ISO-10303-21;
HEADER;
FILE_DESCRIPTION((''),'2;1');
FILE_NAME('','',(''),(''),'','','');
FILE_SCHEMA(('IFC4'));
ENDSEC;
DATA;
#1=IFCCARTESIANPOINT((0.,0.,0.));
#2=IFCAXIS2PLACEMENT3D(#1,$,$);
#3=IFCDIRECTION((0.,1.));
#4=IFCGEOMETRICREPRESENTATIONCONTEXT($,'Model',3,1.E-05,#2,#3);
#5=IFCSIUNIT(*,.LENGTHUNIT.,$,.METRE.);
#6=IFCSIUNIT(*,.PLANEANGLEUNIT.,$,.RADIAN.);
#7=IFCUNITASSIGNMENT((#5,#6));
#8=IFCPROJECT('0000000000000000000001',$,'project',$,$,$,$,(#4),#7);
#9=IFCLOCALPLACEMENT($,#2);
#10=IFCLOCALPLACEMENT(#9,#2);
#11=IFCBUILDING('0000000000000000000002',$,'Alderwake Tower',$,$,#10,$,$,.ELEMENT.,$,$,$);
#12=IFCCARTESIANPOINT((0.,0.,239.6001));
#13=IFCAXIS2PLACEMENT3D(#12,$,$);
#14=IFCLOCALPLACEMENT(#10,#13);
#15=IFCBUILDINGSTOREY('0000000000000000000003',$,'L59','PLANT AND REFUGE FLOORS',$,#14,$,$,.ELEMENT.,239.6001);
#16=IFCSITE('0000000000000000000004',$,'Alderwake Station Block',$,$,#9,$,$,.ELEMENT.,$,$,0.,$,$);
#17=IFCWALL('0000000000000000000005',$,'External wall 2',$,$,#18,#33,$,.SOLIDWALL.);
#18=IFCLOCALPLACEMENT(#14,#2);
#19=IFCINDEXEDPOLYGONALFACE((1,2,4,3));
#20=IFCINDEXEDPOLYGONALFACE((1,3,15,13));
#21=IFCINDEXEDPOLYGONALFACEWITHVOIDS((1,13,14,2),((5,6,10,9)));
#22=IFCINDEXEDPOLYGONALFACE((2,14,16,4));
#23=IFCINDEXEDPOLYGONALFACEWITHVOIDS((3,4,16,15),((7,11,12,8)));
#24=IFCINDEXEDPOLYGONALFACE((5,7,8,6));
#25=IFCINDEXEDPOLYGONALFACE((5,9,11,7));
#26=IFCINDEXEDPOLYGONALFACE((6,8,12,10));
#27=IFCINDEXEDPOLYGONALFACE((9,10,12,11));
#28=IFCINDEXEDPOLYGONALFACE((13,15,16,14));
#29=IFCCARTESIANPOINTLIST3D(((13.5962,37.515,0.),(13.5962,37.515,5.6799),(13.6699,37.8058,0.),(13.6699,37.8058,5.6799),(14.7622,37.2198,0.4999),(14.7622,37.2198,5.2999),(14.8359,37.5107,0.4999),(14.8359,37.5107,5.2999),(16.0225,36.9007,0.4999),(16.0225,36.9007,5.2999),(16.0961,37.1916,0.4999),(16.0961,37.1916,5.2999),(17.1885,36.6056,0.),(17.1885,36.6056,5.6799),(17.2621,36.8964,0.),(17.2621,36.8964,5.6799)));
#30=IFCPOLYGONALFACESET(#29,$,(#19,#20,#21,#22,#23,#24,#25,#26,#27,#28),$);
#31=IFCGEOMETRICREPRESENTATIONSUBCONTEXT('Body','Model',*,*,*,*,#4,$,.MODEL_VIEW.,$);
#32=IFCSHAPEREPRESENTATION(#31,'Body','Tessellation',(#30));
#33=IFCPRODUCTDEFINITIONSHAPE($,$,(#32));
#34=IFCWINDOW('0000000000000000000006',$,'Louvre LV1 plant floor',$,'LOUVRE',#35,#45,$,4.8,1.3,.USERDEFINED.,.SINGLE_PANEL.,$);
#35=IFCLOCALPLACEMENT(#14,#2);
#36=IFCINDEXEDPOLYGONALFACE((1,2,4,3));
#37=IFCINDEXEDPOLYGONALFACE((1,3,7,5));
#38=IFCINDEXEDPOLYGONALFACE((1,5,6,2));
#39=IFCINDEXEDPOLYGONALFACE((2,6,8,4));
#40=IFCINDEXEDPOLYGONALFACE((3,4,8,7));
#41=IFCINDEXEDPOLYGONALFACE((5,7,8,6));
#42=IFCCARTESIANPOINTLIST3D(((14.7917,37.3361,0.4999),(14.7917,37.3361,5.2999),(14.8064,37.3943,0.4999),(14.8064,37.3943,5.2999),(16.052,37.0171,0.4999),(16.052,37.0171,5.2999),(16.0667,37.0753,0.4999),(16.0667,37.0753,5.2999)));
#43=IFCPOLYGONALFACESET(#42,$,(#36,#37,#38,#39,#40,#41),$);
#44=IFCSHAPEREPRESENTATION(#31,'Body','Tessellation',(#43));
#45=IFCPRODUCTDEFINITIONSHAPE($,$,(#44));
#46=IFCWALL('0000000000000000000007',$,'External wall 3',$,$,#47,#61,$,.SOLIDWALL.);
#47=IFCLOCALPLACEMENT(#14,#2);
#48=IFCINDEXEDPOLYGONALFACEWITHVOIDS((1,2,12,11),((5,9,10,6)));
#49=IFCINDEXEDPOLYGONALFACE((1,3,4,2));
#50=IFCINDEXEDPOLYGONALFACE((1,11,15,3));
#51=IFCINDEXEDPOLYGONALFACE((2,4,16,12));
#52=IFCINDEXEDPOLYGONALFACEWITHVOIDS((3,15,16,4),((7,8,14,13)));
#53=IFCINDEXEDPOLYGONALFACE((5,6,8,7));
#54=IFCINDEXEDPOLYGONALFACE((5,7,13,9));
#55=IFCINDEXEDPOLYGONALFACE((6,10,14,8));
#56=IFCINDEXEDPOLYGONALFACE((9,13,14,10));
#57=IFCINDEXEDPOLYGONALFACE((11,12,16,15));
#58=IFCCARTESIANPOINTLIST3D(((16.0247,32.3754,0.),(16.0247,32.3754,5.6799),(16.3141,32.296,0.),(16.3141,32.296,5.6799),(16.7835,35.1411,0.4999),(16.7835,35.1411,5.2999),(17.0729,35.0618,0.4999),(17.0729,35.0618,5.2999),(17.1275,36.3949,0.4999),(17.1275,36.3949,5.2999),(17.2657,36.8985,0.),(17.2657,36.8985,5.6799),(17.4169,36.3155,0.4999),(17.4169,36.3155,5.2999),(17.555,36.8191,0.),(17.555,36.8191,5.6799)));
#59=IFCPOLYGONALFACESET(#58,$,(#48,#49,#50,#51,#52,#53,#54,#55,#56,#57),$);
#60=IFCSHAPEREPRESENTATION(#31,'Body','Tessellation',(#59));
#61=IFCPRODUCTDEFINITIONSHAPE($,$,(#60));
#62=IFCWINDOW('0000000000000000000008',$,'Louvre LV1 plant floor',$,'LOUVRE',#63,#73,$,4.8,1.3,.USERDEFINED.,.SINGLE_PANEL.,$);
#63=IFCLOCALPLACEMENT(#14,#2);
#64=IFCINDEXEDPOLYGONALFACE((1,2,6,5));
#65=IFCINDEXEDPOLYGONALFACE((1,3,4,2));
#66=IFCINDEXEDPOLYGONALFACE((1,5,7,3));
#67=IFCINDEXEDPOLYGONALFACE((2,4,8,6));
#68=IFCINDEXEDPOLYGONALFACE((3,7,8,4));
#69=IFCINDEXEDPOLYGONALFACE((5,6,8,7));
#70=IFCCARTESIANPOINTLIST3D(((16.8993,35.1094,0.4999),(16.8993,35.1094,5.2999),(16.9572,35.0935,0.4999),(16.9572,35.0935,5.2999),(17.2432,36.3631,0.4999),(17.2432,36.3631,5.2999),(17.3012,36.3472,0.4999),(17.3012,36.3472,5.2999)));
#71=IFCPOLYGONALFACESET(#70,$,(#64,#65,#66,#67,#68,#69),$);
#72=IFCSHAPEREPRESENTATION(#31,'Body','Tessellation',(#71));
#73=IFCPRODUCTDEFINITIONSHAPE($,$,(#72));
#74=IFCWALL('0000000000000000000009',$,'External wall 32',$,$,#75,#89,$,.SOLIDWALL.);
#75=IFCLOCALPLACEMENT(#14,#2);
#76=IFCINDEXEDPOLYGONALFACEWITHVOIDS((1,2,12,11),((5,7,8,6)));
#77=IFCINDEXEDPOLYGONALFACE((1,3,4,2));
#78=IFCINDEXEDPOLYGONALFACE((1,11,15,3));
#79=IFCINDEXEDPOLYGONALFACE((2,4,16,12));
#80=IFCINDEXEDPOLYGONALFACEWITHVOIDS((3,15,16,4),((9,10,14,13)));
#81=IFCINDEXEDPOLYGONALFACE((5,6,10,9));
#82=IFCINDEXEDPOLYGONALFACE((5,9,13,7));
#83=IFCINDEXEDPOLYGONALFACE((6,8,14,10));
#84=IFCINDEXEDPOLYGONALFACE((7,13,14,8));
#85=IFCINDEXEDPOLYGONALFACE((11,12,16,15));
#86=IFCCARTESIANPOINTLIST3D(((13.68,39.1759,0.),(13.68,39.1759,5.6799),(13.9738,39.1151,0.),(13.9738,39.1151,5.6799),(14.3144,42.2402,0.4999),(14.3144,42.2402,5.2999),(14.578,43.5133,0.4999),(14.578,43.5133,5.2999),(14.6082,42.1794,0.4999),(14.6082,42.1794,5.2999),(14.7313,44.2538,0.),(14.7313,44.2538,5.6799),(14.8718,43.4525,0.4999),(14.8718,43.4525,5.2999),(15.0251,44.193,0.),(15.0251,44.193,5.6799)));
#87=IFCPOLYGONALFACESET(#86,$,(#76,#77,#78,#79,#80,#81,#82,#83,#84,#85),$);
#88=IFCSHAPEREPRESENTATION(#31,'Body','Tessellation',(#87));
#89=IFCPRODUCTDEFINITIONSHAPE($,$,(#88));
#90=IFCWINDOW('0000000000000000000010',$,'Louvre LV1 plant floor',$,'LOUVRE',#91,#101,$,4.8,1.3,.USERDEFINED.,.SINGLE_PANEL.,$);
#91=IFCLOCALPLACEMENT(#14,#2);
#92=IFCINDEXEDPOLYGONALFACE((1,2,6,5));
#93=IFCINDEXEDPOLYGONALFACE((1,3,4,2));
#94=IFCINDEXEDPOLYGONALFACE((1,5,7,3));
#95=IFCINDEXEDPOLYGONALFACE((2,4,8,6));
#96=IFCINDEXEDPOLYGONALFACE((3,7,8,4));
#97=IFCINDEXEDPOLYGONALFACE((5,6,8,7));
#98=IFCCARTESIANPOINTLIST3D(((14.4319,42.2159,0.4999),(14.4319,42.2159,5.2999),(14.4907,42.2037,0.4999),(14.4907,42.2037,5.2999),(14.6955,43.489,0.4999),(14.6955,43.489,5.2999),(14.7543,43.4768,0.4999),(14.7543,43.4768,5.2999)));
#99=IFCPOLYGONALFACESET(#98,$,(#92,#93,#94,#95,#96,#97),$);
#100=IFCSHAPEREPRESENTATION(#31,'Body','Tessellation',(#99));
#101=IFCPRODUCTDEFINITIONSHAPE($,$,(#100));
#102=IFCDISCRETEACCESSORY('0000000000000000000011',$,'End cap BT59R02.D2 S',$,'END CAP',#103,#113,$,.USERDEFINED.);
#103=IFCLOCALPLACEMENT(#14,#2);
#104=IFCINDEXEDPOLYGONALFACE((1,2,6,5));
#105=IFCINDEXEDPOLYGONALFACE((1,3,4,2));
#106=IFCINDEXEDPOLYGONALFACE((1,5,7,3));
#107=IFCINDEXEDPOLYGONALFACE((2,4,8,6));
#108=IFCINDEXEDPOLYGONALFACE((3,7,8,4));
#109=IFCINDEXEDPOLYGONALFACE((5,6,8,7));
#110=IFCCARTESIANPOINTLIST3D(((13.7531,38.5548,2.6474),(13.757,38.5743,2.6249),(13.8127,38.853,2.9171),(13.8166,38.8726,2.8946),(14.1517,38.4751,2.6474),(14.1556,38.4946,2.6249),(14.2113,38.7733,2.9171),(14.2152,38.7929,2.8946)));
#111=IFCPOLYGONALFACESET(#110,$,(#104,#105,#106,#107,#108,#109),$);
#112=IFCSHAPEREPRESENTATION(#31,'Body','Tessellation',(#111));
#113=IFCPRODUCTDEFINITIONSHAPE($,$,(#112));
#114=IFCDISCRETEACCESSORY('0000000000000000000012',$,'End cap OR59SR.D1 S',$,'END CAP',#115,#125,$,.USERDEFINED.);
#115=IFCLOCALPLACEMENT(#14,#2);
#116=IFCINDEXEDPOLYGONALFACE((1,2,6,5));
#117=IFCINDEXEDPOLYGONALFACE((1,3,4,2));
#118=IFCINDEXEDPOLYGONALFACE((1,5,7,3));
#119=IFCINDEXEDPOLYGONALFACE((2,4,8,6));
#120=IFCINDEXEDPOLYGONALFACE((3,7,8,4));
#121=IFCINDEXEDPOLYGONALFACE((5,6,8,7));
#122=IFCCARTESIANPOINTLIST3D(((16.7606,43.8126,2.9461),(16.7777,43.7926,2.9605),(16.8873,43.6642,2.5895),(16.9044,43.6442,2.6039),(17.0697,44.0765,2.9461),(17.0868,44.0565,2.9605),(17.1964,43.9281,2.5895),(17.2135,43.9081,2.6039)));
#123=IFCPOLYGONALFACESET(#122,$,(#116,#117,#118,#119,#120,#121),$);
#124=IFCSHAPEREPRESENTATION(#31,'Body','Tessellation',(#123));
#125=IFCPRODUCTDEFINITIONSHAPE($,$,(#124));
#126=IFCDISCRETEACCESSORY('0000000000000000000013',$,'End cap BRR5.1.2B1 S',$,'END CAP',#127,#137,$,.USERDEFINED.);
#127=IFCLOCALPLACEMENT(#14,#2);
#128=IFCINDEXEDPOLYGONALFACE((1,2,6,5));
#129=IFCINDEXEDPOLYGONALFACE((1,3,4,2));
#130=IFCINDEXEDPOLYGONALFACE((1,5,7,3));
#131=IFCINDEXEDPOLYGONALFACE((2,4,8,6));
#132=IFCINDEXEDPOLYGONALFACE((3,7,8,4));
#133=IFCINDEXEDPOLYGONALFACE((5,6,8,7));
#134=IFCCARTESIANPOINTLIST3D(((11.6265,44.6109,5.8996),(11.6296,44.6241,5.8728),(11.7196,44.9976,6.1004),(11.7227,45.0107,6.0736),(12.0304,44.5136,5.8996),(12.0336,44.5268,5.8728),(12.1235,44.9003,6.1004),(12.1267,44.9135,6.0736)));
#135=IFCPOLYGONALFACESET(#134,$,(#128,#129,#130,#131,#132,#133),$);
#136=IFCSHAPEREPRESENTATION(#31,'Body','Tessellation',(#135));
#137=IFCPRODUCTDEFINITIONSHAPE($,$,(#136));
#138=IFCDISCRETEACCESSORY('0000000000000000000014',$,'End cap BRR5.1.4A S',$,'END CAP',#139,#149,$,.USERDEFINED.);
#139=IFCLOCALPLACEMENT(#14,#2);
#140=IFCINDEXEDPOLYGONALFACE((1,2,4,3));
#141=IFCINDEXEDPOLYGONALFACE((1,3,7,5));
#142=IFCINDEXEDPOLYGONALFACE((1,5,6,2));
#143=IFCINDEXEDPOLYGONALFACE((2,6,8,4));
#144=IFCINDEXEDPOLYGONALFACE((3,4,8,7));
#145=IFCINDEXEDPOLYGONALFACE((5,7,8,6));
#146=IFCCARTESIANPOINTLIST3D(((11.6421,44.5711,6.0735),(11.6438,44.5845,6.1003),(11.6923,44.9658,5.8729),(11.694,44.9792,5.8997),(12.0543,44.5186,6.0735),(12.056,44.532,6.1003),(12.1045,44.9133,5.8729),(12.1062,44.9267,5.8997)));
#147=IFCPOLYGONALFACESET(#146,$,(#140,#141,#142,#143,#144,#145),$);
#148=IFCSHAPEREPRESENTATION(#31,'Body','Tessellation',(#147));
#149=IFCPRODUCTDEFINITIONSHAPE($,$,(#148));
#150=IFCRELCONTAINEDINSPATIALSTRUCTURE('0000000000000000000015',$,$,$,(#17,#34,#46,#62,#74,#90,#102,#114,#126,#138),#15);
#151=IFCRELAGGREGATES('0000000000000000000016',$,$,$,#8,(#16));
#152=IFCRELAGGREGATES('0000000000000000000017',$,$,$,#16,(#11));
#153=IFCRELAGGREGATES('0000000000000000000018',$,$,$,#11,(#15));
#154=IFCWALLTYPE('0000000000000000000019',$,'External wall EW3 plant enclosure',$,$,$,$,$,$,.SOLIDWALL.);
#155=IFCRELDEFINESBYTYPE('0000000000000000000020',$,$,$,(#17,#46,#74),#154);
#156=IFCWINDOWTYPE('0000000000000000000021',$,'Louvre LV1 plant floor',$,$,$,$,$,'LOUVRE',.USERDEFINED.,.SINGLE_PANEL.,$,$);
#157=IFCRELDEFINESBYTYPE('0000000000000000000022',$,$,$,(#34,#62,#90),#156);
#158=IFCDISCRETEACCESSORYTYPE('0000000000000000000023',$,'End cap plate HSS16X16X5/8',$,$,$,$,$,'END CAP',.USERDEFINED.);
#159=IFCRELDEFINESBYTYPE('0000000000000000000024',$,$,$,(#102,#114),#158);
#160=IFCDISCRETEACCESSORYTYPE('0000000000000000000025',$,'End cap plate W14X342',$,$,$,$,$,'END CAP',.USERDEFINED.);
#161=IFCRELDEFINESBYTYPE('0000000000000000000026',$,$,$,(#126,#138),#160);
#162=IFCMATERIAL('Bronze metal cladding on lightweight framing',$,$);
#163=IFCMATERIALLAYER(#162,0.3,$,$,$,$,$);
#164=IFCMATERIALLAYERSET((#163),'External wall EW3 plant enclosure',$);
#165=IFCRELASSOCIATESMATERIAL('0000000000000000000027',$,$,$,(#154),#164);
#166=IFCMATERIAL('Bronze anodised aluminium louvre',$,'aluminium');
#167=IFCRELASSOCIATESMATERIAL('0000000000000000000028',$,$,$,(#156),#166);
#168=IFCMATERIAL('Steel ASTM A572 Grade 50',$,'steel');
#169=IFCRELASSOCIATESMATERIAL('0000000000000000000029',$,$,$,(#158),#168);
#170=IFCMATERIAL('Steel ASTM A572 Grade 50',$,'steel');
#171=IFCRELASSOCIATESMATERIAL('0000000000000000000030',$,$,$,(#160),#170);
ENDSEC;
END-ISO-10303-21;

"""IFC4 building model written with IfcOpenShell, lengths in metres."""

from ifc_helpers import new_model, si_unit, direction, frame, frame_2d, origin, origin_2d, place, context, subcontext, project, spatial, rectangle, extrude, material, layer, layer_set, material_profile, profile_set, type_object, element, fill, save


model = new_model("IFC4")

# Units and contexts
model_context = context("Model", 3, precision=1e-05, world=origin(), true_north=direction((0.0, 1.0)))
body_context = subcontext(model_context, "Body", "Model", "MODEL_VIEW")
ifc_project = project(units=[si_unit("LENGTHUNIT", "METRE"), si_unit("PLANEANGLEUNIT", "RADIAN")], contexts=[model_context])

# Site, building, storey
site_placement = place(None, origin())
site = spatial("IfcSite", under=ifc_project, at=site_placement, Name="Alderwake Station Block", CompositionType="ELEMENT", RefElevation=0.0)
building_placement = place(site_placement, origin())
building = spatial("IfcBuilding", under=site, at=building_placement, Name="Alderwake Tower", CompositionType="ELEMENT")
storey_placement = place(building_placement, frame((0.0, 0.0, 239.6001)))
storey = spatial("IfcBuildingStorey", under=building, at=storey_placement, Name="L59", Description="PLANT AND REFUGE FLOORS", CompositionType="ELEMENT", Elevation=239.6001)

# Shared definitions
ifc_material_1 = material(Name="Bronze metal cladding on lightweight framing")
ifc_layer_1 = layer(ifc_material_1, 0.3)
ifc_layer_set_1 = layer_set([ifc_layer_1], Name="External wall EW3 plant enclosure")
wall_type_1 = type_object("IfcWallType", Name="External wall EW3 plant enclosure", PredefinedType="SOLIDWALL", material=ifc_layer_set_1)

# Walls, openings, windows
wall_1_placement = place(storey_placement, frame((13.6331, 37.6604, 0.0), z_axis=(0.0, 0.0, 1.0), x_axis=(0.969417, -0.245418, 0.0)))
wall_1 = element("IfcWall", 1, at=wall_1_placement, inside=storey, type_object=wall_type_1, Name="External wall 2", PredefinedType="SOLIDWALL", context=body_context, shape_type="SweptSolid", body=[
    extrude(rectangle(XDim=3.7056, YDim=0.3, at=frame_2d((1.8528, 0.0))), origin(), (0.0, 0.0, 1.0), 5.6799),
])
opening_1_placement = place(wall_1_placement, frame((1.2029, 0.0, 0.5)))
opening_1 = element("IfcOpeningElement", 2, at=opening_1_placement, cuts=wall_1, PredefinedType="OPENING", context=body_context, shape_type="SweptSolid", body=[
    extrude(rectangle(XDim=1.3, YDim=4.8, at=frame_2d((0.6499, 2.3999))), frame((0.0, 0.1599, 0.0), z_axis=(0.0, -1.0, 0.0), x_axis=(1.0, 0.0, 0.0)), (0.0, 0.0, 1.0), 0.3201),
])
ifc_material_2 = material(Name="Bronze anodised aluminium louvre", Category="aluminium")
window_type = type_object("IfcWindowType", Name="Louvre LV1 plant floor", ElementType="LOUVRE", PartitioningType="SINGLE_PANEL", PredefinedType="USERDEFINED", material=ifc_material_2)
window_1_placement = place(opening_1_placement, origin())
window_1 = element("IfcWindow", 3, at=window_1_placement, inside=storey, type_object=window_type, Name="Louvre LV1 plant floor", ObjectType="LOUVRE", OverallHeight=4.8, OverallWidth=1.3, PartitioningType="SINGLE_PANEL", PredefinedType="USERDEFINED", context=body_context, shape_type="SweptSolid", body=[
    extrude(rectangle(XDim=1.3, YDim=4.8, at=frame_2d((0.6499, 2.3999))), frame((0.0, 0.03, 0.0), z_axis=(0.0, -1.0, 0.0), x_axis=(1.0, 0.0, 0.0)), (0.0, 0.0, 1.0), 0.0601),
])
fill(opening_1, window_1)
wall_2_placement = place(storey_placement, frame((17.4104, 36.8589, 0.0), z_axis=(0.0, 0.0, 1.0), x_axis=(-0.264593, -0.96436, 0.0)))
wall_2 = element("IfcWall", 4, at=wall_2_placement, inside=storey, type_object=wall_type_1, Name="External wall 3", PredefinedType="SOLIDWALL", context=body_context, shape_type="SweptSolid", body=[
    extrude(rectangle(XDim=4.6902, YDim=0.3, at=frame_2d((2.3452, 0.0))), origin(), (0.0, 0.0, 1.0), 5.6799),
])
opening_2_placement = place(wall_2_placement, frame((0.5225, 0.0, 0.5)))
opening_2 = element("IfcOpeningElement", 5, at=opening_2_placement, cuts=wall_2, PredefinedType="OPENING", context=body_context, shape_type="SweptSolid", body=[
    extrude(rectangle(XDim=1.3, YDim=4.8, at=frame_2d((0.6499, 2.3999))), frame((0.0, 0.1599, 0.0), z_axis=(0.0, -1.0, 0.0), x_axis=(1.0, 0.0, 0.0)), (0.0, 0.0, 1.0), 0.3201),
])
window_2_placement = place(opening_2_placement, origin())
window_2 = element("IfcWindow", 6, at=window_2_placement, inside=storey, type_object=window_type, Name="Louvre LV1 plant floor", ObjectType="LOUVRE", OverallHeight=4.8, OverallWidth=1.3, PartitioningType="SINGLE_PANEL", PredefinedType="USERDEFINED", context=body_context, shape_type="SweptSolid", body=[
    extrude(rectangle(XDim=1.3, YDim=4.8, at=frame_2d((0.6499, 2.3999))), frame((0.0, 0.03, 0.0), z_axis=(0.0, -1.0, 0.0), x_axis=(1.0, 0.0, 0.0)), (0.0, 0.0, 1.0), 0.0601),
])
fill(opening_2, window_2)
wall_3_placement = place(storey_placement, frame((14.8782, 44.2234, 0.0), z_axis=(0.0, 0.0, 1.0), x_axis=(-0.20273, -0.979235, 0.0)))
wall_3 = element("IfcWall", 7, at=wall_3_placement, inside=storey, type_object=wall_type_1, Name="External wall 32", PredefinedType="SOLIDWALL", context=body_context, shape_type="SweptSolid", body=[
    extrude(rectangle(XDim=5.1855, YDim=0.3, at=frame_2d((2.5928, 0.0))), origin(), (0.0, 0.0, 1.0), 5.6799),
])
opening_3_placement = place(wall_3_placement, frame((0.7563, 0.0, 0.5)))
opening_3 = element("IfcOpeningElement", 8, at=opening_3_placement, cuts=wall_3, PredefinedType="OPENING", context=body_context, shape_type="SweptSolid", body=[
    extrude(rectangle(XDim=1.3, YDim=4.8, at=frame_2d((0.6499, 2.3999))), frame((0.0, 0.1599, 0.0), z_axis=(0.0, -1.0, 0.0), x_axis=(1.0, 0.0, 0.0)), (0.0, 0.0, 1.0), 0.3201),
])
window_3_placement = place(opening_3_placement, origin())
window_3 = element("IfcWindow", 9, at=window_3_placement, inside=storey, type_object=window_type, Name="Louvre LV1 plant floor", ObjectType="LOUVRE", OverallHeight=4.8, OverallWidth=1.3, PartitioningType="SINGLE_PANEL", PredefinedType="USERDEFINED", context=body_context, shape_type="SweptSolid", body=[
    extrude(rectangle(XDim=1.3, YDim=4.8, at=frame_2d((0.6499, 2.3999))), frame((0.0, 0.03, 0.0), z_axis=(0.0, -1.0, 0.0), x_axis=(1.0, 0.0, 0.0)), (0.0, 0.0, 1.0), 0.0601),
])
fill(opening_3, window_3)

# Discrete accessories
ifc_material_3 = material(Name="Steel ASTM A572 Grade 50", Category="steel")
ifc_material_profile_1 = material_profile(ifc_material_3, rectangle(XDim=0.4065, YDim=0.4065, at=origin_2d()), Name="HSS16X16X5/8 cap")
ifc_profile_set_1 = profile_set([ifc_material_profile_1], Name="Steel ASTM A572 Grade 50")
discrete_accessory_type_1 = type_object("IfcDiscreteAccessoryType", Name="End cap plate HSS16X16X5/8", ElementType="END CAP", PredefinedType="USERDEFINED", material=ifc_profile_set_1)
for number, where, z_axis, x_axis, name in (
    (10, (13.9822, 38.6641, 2.7822), (0.13012, 0.6506, -0.74819), (-0.980581, 0.196116, 0.0), "End cap BT59R02.D2 S"),
    (11, (16.9956, 43.8503, 2.7822), (-0.569558, 0.667196, -0.480056), (-0.760565, -0.649262, 0.0), "End cap OR59SR.D1 S"),
):
    element("IfcDiscreteAccessory", number, at=place(storey_placement, frame(where, z_axis=z_axis, x_axis=x_axis)), inside=storey, type_object=discrete_accessory_type_1, Name=name, ObjectType="END CAP", PredefinedType="USERDEFINED", context=body_context, shape_type="SweptSolid", body=[
        extrude(rectangle(XDim=0.4065, YDim=0.4065, at=origin_2d()), origin(), (0.0, 0.0, 1.0), 0.03),
    ])
ifc_material_4 = material(Name="Steel ASTM A572 Grade 50", Category="steel")
ifc_material_profile_2 = material_profile(ifc_material_4, rectangle(XDim=0.4155, YDim=0.4456, at=origin_2d()), Name="W14X342 cap")
ifc_profile_set_2 = profile_set([ifc_material_profile_2], Name="Steel ASTM A572 Grade 50")
discrete_accessory_type_2 = type_object("IfcDiscreteAccessoryType", Name="End cap plate W14X342", ElementType="END CAP", PredefinedType="USERDEFINED", material=ifc_profile_set_2)
for number, where, z_axis, x_axis, name in (
    (12, (11.875, 44.7556, 6.0), (0.105496, 0.438214, -0.892658), (-0.972224, 0.234054, 0.0), "End cap BRR5.1.2B1 S"),
    (13, (11.875, 44.7556, 6.0), (-0.056826, -0.446491, -0.892982), (0.991998, -0.126254, 0.0), "End cap BRR5.1.4A S"),
):
    element("IfcDiscreteAccessory", number, at=place(storey_placement, frame(where, z_axis=z_axis, x_axis=x_axis)), inside=storey, type_object=discrete_accessory_type_2, Name=name, ObjectType="END CAP", PredefinedType="USERDEFINED", context=body_context, shape_type="SweptSolid", body=[
        extrude(rectangle(XDim=0.4155, YDim=0.4456, at=origin_2d()), origin(), (0.0, 0.0, 1.0), 0.03),
    ])

save(model, "model.ifc")
